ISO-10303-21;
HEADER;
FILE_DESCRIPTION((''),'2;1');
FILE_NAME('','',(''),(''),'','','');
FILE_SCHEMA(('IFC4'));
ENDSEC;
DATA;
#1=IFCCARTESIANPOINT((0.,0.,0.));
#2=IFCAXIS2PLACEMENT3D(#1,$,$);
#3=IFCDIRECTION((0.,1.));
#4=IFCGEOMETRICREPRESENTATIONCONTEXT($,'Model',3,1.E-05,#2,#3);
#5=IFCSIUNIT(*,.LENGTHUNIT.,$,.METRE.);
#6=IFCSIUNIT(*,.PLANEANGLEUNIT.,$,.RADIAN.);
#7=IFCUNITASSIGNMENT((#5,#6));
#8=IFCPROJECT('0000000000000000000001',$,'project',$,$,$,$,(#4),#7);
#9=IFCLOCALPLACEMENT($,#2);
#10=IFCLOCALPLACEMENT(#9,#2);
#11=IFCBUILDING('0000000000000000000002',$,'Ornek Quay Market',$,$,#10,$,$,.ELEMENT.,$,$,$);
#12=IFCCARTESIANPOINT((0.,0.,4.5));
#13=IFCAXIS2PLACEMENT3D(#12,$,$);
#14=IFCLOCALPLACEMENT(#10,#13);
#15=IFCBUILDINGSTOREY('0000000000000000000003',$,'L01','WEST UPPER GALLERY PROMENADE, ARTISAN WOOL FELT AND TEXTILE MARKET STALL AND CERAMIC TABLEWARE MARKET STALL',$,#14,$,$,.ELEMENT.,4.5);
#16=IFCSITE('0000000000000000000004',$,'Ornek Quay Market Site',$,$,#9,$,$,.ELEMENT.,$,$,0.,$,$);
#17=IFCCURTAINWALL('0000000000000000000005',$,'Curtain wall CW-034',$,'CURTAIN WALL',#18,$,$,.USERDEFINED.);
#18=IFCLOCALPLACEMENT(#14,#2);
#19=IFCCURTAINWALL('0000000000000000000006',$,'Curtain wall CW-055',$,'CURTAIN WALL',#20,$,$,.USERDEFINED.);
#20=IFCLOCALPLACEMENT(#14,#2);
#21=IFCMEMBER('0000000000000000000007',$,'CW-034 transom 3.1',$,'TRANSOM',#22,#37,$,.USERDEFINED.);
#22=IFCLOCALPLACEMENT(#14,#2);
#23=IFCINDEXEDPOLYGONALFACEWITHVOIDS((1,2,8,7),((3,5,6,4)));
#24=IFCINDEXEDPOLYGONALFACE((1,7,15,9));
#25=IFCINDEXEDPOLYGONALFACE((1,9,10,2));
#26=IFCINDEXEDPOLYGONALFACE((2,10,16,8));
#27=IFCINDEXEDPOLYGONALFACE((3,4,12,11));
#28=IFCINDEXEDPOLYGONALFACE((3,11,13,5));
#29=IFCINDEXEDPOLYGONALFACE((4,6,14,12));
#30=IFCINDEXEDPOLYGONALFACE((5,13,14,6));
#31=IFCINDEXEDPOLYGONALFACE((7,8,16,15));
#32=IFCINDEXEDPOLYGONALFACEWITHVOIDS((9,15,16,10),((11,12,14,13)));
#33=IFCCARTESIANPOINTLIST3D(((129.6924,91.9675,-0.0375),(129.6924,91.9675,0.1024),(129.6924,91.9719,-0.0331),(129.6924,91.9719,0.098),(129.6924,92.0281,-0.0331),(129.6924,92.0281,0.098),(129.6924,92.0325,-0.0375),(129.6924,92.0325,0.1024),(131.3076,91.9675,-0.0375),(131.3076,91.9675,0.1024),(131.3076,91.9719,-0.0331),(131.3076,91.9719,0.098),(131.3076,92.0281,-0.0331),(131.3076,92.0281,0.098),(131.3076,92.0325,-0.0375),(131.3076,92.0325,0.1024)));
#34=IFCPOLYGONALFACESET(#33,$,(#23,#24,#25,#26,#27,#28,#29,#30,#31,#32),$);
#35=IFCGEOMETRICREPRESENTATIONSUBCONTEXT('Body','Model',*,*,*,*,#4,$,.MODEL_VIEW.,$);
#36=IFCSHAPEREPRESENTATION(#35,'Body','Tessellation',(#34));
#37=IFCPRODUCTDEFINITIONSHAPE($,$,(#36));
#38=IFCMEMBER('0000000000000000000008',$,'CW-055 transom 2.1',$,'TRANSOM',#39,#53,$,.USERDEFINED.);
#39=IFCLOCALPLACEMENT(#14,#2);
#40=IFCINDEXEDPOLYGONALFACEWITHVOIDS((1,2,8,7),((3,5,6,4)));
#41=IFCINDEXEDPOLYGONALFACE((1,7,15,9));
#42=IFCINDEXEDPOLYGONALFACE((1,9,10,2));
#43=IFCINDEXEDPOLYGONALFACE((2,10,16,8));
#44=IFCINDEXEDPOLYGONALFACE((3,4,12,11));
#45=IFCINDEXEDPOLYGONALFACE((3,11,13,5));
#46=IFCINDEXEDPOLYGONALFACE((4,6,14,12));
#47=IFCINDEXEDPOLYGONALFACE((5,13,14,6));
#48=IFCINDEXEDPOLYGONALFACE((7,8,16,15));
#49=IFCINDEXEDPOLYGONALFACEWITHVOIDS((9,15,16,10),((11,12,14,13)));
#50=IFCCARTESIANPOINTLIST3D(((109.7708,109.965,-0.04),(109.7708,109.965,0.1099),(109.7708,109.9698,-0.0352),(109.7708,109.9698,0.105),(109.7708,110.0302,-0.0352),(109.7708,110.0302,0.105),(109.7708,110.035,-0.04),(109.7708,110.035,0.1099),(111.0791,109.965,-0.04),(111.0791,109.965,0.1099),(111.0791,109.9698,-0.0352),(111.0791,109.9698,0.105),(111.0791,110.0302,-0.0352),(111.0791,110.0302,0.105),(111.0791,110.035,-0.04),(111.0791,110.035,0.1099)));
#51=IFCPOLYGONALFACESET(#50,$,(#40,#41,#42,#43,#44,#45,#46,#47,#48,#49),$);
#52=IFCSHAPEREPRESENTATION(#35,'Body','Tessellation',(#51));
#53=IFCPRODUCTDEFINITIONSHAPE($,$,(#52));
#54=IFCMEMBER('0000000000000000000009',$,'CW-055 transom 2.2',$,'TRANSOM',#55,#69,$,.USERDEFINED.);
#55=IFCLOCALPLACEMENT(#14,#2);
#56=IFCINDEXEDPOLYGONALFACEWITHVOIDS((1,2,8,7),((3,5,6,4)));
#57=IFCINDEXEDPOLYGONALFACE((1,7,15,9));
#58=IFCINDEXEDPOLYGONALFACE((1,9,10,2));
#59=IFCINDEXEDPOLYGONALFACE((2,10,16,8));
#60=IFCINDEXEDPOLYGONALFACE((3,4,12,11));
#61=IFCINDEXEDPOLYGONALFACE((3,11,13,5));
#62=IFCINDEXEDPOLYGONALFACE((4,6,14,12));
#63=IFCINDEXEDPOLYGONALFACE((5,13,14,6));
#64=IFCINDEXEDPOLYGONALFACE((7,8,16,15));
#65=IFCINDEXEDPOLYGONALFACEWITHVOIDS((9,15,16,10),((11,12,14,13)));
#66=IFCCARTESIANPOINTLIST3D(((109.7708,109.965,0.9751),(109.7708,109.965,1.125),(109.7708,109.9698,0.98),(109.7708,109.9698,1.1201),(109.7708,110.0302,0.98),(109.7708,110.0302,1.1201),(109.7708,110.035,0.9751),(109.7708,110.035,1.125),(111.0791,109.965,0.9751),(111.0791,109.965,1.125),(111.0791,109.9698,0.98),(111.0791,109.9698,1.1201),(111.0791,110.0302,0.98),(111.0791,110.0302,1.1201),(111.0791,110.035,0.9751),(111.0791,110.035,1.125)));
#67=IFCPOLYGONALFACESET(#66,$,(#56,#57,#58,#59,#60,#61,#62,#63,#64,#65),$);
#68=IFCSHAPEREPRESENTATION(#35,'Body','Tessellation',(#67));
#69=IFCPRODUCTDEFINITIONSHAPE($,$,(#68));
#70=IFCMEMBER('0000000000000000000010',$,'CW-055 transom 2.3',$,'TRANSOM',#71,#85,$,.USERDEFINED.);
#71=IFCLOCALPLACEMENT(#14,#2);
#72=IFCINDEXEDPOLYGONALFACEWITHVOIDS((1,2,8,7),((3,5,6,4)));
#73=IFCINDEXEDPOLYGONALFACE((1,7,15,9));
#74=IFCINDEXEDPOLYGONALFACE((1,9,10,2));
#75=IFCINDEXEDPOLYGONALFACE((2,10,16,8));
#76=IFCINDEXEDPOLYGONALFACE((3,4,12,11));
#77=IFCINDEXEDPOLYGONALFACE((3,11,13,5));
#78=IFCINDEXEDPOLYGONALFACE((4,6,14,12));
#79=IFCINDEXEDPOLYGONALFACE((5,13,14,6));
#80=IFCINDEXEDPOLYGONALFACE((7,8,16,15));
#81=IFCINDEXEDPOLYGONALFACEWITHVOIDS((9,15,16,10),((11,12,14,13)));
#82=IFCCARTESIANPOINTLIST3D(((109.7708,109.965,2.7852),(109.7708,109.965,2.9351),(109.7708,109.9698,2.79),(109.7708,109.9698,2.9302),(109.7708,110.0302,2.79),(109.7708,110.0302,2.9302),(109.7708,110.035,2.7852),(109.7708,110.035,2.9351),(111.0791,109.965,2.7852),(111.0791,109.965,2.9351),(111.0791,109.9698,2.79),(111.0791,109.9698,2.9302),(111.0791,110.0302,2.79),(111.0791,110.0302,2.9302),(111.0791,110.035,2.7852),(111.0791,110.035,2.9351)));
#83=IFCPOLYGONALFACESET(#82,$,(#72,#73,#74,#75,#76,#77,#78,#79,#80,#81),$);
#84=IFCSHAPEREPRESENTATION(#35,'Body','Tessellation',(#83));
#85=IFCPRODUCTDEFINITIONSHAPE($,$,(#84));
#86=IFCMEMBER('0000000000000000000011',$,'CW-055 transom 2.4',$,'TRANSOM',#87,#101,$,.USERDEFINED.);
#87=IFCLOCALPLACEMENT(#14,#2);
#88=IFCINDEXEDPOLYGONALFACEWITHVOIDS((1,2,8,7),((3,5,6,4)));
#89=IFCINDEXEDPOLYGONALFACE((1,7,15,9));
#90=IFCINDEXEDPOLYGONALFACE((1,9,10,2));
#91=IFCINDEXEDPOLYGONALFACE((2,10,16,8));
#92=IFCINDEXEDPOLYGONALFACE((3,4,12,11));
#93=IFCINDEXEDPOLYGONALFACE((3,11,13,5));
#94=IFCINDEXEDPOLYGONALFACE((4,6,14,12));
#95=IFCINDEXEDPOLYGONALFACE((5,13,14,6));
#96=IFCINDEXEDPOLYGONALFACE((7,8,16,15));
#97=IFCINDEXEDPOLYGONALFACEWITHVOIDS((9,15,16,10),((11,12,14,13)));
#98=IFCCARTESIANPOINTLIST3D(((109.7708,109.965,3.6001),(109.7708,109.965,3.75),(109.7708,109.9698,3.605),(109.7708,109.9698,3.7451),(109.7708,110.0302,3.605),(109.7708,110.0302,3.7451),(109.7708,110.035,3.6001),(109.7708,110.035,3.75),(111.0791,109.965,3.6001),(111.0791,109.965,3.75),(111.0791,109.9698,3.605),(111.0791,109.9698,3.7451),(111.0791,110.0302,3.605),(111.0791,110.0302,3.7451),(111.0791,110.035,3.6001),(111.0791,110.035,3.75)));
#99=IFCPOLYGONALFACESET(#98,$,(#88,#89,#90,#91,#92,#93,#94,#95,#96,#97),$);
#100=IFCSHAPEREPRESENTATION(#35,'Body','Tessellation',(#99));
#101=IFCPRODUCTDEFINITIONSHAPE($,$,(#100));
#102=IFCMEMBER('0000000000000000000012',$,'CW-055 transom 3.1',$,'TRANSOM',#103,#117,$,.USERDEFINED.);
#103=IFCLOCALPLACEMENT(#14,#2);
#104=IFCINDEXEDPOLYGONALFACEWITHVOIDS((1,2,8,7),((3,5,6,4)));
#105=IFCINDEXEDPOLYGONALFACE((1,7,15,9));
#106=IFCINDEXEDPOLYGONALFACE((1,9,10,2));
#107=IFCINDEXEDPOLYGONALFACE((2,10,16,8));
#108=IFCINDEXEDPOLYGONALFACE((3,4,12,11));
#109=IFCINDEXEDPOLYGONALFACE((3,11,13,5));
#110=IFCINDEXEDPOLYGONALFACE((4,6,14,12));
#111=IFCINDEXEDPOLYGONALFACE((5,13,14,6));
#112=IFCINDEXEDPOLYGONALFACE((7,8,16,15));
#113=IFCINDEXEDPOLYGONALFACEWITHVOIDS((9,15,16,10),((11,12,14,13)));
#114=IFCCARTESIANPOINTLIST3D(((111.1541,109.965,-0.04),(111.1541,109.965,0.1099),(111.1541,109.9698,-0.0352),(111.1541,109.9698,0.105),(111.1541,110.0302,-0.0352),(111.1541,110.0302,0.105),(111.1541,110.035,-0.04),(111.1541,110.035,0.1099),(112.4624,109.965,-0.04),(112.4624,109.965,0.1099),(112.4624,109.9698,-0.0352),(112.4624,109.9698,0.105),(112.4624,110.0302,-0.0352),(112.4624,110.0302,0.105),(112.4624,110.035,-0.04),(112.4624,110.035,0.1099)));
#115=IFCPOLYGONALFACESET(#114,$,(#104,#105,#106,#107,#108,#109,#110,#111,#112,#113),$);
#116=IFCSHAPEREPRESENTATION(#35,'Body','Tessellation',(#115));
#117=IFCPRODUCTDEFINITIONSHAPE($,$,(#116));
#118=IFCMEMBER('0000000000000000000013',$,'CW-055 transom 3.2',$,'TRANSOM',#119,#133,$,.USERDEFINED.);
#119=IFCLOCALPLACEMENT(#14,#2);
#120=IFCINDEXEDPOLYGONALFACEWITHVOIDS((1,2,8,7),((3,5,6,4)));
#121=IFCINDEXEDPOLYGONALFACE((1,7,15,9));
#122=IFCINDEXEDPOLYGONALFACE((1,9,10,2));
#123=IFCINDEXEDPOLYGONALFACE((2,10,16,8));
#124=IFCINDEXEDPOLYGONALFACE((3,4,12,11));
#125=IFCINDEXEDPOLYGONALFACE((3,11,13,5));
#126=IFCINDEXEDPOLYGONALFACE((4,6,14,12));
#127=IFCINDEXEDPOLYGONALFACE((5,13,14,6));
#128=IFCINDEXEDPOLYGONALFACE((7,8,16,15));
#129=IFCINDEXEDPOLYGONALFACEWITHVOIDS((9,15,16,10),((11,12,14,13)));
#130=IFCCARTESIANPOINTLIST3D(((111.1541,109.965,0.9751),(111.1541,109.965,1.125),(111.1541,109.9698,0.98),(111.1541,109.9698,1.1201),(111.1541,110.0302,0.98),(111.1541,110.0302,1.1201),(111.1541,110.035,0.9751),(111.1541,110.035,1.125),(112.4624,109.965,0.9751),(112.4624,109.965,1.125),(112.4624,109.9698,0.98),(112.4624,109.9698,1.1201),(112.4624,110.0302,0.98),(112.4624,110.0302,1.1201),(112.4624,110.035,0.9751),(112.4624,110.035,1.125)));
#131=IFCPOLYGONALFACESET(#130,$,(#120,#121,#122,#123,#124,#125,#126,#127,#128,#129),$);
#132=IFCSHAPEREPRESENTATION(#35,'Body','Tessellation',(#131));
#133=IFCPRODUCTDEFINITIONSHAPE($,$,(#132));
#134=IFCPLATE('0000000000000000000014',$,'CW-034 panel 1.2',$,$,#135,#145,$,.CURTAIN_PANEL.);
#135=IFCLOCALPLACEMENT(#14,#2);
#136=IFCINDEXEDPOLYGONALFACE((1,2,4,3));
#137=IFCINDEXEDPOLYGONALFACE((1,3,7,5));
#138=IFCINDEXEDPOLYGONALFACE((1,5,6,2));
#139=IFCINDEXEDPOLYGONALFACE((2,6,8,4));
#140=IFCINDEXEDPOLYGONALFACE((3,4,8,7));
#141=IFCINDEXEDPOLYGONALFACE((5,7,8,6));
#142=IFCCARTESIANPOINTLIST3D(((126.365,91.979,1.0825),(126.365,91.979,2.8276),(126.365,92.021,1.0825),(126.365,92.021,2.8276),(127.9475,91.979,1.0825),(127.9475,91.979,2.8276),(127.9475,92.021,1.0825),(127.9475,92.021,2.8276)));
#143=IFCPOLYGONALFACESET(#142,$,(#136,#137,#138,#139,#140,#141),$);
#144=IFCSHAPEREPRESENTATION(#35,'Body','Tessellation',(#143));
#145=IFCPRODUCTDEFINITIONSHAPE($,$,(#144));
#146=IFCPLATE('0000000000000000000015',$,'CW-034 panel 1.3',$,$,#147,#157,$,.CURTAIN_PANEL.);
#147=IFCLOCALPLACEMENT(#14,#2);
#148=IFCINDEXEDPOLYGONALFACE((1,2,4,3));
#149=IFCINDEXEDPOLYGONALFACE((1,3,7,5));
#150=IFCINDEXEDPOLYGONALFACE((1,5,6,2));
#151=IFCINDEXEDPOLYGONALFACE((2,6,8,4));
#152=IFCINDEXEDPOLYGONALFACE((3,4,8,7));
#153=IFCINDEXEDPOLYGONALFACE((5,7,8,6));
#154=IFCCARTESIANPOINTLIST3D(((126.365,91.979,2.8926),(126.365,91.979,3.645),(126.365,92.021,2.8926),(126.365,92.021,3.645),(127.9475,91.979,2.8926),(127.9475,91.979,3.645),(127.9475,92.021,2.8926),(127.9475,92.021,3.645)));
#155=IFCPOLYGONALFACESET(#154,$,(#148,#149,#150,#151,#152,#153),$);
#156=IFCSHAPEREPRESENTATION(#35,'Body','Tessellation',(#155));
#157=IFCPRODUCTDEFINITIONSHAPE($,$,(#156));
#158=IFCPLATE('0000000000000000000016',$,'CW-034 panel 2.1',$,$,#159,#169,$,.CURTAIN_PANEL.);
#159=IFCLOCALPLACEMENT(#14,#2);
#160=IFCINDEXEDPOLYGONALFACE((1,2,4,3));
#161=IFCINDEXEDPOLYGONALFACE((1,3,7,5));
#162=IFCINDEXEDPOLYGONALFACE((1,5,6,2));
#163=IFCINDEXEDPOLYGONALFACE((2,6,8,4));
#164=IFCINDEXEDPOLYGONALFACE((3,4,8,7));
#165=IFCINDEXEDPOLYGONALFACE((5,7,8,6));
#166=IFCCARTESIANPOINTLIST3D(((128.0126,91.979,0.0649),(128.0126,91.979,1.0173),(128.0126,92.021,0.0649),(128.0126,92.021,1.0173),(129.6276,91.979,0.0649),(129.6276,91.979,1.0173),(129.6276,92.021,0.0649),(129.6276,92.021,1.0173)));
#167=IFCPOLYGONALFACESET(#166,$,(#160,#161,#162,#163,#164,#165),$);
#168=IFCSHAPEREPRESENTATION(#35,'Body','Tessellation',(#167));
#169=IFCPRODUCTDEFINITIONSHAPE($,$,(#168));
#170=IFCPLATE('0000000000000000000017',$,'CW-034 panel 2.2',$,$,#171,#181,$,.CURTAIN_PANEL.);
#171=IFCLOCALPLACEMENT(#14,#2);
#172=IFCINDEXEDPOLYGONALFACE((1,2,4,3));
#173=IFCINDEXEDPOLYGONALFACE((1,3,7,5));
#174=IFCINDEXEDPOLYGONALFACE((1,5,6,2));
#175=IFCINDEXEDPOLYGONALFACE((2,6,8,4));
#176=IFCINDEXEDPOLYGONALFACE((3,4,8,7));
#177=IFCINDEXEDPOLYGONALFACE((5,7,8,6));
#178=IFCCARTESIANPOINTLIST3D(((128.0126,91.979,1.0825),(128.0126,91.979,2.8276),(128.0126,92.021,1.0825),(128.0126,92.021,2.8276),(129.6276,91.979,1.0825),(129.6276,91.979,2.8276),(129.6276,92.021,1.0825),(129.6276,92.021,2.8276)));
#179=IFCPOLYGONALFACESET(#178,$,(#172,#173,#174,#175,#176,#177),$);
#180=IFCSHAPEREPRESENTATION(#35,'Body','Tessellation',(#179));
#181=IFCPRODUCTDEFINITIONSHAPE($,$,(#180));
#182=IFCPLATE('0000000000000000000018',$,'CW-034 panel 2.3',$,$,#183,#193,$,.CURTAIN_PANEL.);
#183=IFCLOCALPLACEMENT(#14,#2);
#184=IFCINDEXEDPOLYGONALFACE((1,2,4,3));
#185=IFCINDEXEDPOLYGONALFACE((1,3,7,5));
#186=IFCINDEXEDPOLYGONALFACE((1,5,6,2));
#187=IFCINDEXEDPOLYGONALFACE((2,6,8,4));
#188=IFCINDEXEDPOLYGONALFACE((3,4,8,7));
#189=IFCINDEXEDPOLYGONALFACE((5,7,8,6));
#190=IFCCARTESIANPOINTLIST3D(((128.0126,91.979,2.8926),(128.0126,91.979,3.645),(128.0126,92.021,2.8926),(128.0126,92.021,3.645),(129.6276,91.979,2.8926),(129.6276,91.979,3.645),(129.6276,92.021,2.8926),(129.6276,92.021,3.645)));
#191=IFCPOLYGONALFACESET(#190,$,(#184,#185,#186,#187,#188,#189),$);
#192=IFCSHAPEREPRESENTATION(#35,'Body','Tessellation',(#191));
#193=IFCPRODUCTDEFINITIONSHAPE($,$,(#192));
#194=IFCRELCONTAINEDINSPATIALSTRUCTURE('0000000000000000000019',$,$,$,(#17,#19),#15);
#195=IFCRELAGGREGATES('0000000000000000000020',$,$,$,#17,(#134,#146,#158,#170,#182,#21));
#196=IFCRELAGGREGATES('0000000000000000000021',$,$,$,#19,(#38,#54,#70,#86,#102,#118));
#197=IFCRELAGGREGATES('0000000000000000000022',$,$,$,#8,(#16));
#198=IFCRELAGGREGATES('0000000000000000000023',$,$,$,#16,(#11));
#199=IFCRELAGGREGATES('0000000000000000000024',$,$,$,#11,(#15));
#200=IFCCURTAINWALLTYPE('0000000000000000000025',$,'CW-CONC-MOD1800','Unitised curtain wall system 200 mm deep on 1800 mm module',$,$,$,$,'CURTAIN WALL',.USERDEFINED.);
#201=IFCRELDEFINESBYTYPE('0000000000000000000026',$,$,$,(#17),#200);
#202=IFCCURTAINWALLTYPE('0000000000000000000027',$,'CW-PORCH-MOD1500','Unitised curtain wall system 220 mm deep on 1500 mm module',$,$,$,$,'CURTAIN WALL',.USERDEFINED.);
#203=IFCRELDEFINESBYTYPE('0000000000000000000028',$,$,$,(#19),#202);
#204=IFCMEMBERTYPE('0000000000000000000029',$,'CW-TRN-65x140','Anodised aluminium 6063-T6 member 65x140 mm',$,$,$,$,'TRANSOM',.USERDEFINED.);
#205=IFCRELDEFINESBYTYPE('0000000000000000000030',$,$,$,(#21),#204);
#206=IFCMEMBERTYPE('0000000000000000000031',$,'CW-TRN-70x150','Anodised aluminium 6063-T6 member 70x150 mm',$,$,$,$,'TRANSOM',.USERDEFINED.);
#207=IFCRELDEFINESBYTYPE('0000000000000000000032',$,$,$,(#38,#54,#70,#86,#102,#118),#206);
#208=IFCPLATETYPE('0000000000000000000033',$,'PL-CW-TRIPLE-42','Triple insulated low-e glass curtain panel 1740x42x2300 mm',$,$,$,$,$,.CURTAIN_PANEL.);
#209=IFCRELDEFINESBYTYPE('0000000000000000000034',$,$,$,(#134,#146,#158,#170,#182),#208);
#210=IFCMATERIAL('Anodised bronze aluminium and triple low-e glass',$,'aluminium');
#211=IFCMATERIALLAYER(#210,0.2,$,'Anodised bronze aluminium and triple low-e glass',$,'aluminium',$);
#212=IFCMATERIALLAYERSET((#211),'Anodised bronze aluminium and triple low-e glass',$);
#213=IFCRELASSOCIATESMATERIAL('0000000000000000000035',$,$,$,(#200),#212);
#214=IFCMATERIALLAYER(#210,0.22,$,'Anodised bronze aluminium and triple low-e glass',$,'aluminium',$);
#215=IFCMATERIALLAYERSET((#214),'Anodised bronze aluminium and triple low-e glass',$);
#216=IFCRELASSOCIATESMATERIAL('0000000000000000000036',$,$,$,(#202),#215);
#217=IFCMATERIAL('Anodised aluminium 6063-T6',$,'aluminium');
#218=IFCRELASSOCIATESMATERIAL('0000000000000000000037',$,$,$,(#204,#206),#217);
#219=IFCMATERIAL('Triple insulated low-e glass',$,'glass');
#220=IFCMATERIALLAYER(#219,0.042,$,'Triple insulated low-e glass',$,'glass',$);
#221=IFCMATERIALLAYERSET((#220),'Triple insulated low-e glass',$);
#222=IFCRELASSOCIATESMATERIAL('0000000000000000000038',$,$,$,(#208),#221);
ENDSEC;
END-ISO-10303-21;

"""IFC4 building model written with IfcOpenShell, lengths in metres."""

from ifc_helpers import new_model, si_unit, direction, frame, origin, origin_2d, place, context, subcontext, project, spatial, rectangle, hollow_rectangle, extrude, material, layer, layer_set, material_profile, profile_set, type_object, element, aggregate, save


model = new_model("IFC4")

# Units and contexts
model_context = context("Model", 3, precision=1e-05, world=origin(), true_north=direction((0.0, 1.0)))
body_context = subcontext(model_context, "Body", "Model", "MODEL_VIEW")
ifc_project = project(units=[si_unit("LENGTHUNIT", "METRE"), si_unit("PLANEANGLEUNIT", "RADIAN")], contexts=[model_context])

# Site, building, storey
site_placement = place(None, origin())
site = spatial("IfcSite", under=ifc_project, at=site_placement, Name="Ornek Quay Market Site", CompositionType="ELEMENT", RefElevation=0.0)
building_placement = place(site_placement, origin())
building = spatial("IfcBuilding", under=site, at=building_placement, Name="Ornek Quay Market", CompositionType="ELEMENT")
storey_placement = place(building_placement, frame((0.0, 0.0, 4.5)))
storey = spatial("IfcBuildingStorey", under=building, at=storey_placement, Name="L01", Description="WEST UPPER GALLERY PROMENADE, ARTISAN WOOL FELT AND TEXTILE MARKET STALL AND CERAMIC TABLEWARE MARKET STALL", CompositionType="ELEMENT", Elevation=4.5)

# Curtain walls
ifc_material_1 = material(Name="Anodised bronze aluminium and triple low-e glass", Category="aluminium")
ifc_layer_1 = layer(ifc_material_1, 0.2, Name="Anodised bronze aluminium and triple low-e glass", Category="aluminium")
ifc_layer_set_1 = layer_set([ifc_layer_1], Name="Anodised bronze aluminium and triple low-e glass")
curtain_wall_type_1 = type_object("IfcCurtainWallType", Name="CW-CONC-MOD1800", Description="Unitised curtain wall system 200 mm deep on 1800 mm module", ElementType="CURTAIN WALL", PredefinedType="USERDEFINED", material=ifc_layer_set_1)
curtain_wall_1_placement = place(storey_placement, origin())
curtain_wall_1 = element("IfcCurtainWall", 1, at=curtain_wall_1_placement, inside=storey, type_object=curtain_wall_type_1, Name="Curtain wall CW-034", ObjectType="CURTAIN WALL", PredefinedType="USERDEFINED")
ifc_material_2 = material(Name="Anodised aluminium 6063-T6", Category="aluminium")
ifc_layer_2 = layer(ifc_material_1, 0.22, Name="Anodised bronze aluminium and triple low-e glass", Category="aluminium")
ifc_layer_set_2 = layer_set([ifc_layer_2], Name="Anodised bronze aluminium and triple low-e glass")
curtain_wall_type_2 = type_object("IfcCurtainWallType", Name="CW-PORCH-MOD1500", Description="Unitised curtain wall system 220 mm deep on 1500 mm module", ElementType="CURTAIN WALL", PredefinedType="USERDEFINED", material=ifc_layer_set_2)
curtain_wall_2_placement = place(storey_placement, origin())
curtain_wall_2 = element("IfcCurtainWall", 2, at=curtain_wall_2_placement, inside=storey, type_object=curtain_wall_type_2, Name="Curtain wall CW-055", ObjectType="CURTAIN WALL", PredefinedType="USERDEFINED")

# Members
ifc_material_profile_1 = material_profile(ifc_material_2, hollow_rectangle(XDim=0.0649, YDim=0.1399, WallThickness=0.0044, at=origin_2d()), Name="CW-TRN-65x140", Category="aluminium")
ifc_profile_set_1 = profile_set([ifc_material_profile_1], Name="Anodised aluminium 6063-T6")
member_type_1 = type_object("IfcMemberType", Name="CW-TRN-65x140", Description="Anodised aluminium 6063-T6 member 65x140 mm", ElementType="TRANSOM", PredefinedType="USERDEFINED", material=ifc_profile_set_1)
member_1_placement = place(storey_placement, frame((129.6924, 92.0, 0.0325), z_axis=(1.0, 0.0, 0.0), x_axis=(0.0, 1.0, 0.0)))
member_1 = element("IfcMember", 3, at=member_1_placement, type_object=member_type_1, Name="CW-034 transom 3.1", ObjectType="TRANSOM", PredefinedType="USERDEFINED", context=body_context, shape_type="SweptSolid", body=[
    extrude(hollow_rectangle(XDim=0.0649, YDim=0.1399, WallThickness=0.0044, at=origin_2d()), origin(), (0.0, 0.0, 1.0), 1.6152),
])
ifc_material_profile_2 = material_profile(ifc_material_2, hollow_rectangle(XDim=0.0701, YDim=0.1499, WallThickness=0.0049, at=origin_2d()), Name="CW-TRN-70x150", Category="aluminium")
ifc_profile_set_2 = profile_set([ifc_material_profile_2], Name="Anodised aluminium 6063-T6")
member_type_2 = type_object("IfcMemberType", Name="CW-TRN-70x150", Description="Anodised aluminium 6063-T6 member 70x150 mm", ElementType="TRANSOM", PredefinedType="USERDEFINED", material=ifc_profile_set_2)
member_2_placement = place(storey_placement, frame((109.7708, 110.0, 0.0349), z_axis=(1.0, 0.0, 0.0), x_axis=(0.0, 1.0, 0.0)))
member_2 = element("IfcMember", 4, at=member_2_placement, type_object=member_type_2, Name="CW-055 transom 2.1", ObjectType="TRANSOM", PredefinedType="USERDEFINED", context=body_context, shape_type="SweptSolid", body=[
    extrude(hollow_rectangle(XDim=0.0701, YDim=0.1499, WallThickness=0.0049, at=origin_2d()), origin(), (0.0, 0.0, 1.0), 1.3083),
])
member_3_placement = place(storey_placement, frame((109.7708, 110.0, 1.05), z_axis=(1.0, 0.0, 0.0), x_axis=(0.0, 1.0, 0.0)))
member_3 = element("IfcMember", 5, at=member_3_placement, type_object=member_type_2, Name="CW-055 transom 2.2", ObjectType="TRANSOM", PredefinedType="USERDEFINED", context=body_context, shape_type="SweptSolid", body=[
    extrude(hollow_rectangle(XDim=0.0701, YDim=0.1499, WallThickness=0.0049, at=origin_2d()), origin(), (0.0, 0.0, 1.0), 1.3083),
])
member_4_placement = place(storey_placement, frame((109.7708, 110.0, 2.8601), z_axis=(1.0, 0.0, 0.0), x_axis=(0.0, 1.0, 0.0)))
member_4 = element("IfcMember", 6, at=member_4_placement, type_object=member_type_2, Name="CW-055 transom 2.3", ObjectType="TRANSOM", PredefinedType="USERDEFINED", context=body_context, shape_type="SweptSolid", body=[
    extrude(hollow_rectangle(XDim=0.0701, YDim=0.1499, WallThickness=0.0049, at=origin_2d()), origin(), (0.0, 0.0, 1.0), 1.3083),
])
member_5_placement = place(storey_placement, frame((109.7708, 110.0, 3.675), z_axis=(1.0, 0.0, 0.0), x_axis=(0.0, 1.0, 0.0)))
member_5 = element("IfcMember", 7, at=member_5_placement, type_object=member_type_2, Name="CW-055 transom 2.4", ObjectType="TRANSOM", PredefinedType="USERDEFINED", context=body_context, shape_type="SweptSolid", body=[
    extrude(hollow_rectangle(XDim=0.0701, YDim=0.1499, WallThickness=0.0049, at=origin_2d()), origin(), (0.0, 0.0, 1.0), 1.3083),
])
member_6_placement = place(storey_placement, frame((111.1541, 110.0, 0.0349), z_axis=(1.0, 0.0, 0.0), x_axis=(0.0, 1.0, 0.0)))
member_6 = element("IfcMember", 8, at=member_6_placement, type_object=member_type_2, Name="CW-055 transom 3.1", ObjectType="TRANSOM", PredefinedType="USERDEFINED", context=body_context, shape_type="SweptSolid", body=[
    extrude(hollow_rectangle(XDim=0.0701, YDim=0.1499, WallThickness=0.0049, at=origin_2d()), origin(), (0.0, 0.0, 1.0), 1.3083),
])
member_7_placement = place(storey_placement, frame((111.1541, 110.0, 1.05), z_axis=(1.0, 0.0, 0.0), x_axis=(0.0, 1.0, 0.0)))
member_7 = element("IfcMember", 9, at=member_7_placement, type_object=member_type_2, Name="CW-055 transom 3.2", ObjectType="TRANSOM", PredefinedType="USERDEFINED", context=body_context, shape_type="SweptSolid", body=[
    extrude(hollow_rectangle(XDim=0.0701, YDim=0.1499, WallThickness=0.0049, at=origin_2d()), origin(), (0.0, 0.0, 1.0), 1.3083),
])

# Plates
ifc_material_3 = material(Name="Triple insulated low-e glass", Category="glass")
ifc_layer_3 = layer(ifc_material_3, 0.042, Name="Triple insulated low-e glass", Category="glass")
ifc_layer_set_3 = layer_set([ifc_layer_3], Name="Triple insulated low-e glass")
plate_type = type_object("IfcPlateType", Name="PL-CW-TRIPLE-42", Description="Triple insulated low-e glass curtain panel 1740x42x2300 mm", PredefinedType="CURTAIN_PANEL", material=ifc_layer_set_3)
plate_1_placement = place(storey_placement, frame((127.1562, 92.0, 1.0825), z_axis=(0.0, 0.0, 1.0), x_axis=(1.0, 0.0, 0.0)))
plate_1 = element("IfcPlate", 10, at=plate_1_placement, type_object=plate_type, Name="CW-034 panel 1.2", PredefinedType="CURTAIN_PANEL", context=body_context, shape_type="SweptSolid", body=[
    extrude(rectangle(XDim=1.5825, YDim=0.042, at=origin_2d()), origin(), (0.0, 0.0, 1.0), 1.7451),
])
plate_2_placement = place(storey_placement, frame((127.1562, 92.0, 2.8926), z_axis=(0.0, 0.0, 1.0), x_axis=(1.0, 0.0, 0.0)))
plate_2 = element("IfcPlate", 11, at=plate_2_placement, type_object=plate_type, Name="CW-034 panel 1.3", PredefinedType="CURTAIN_PANEL", context=body_context, shape_type="SweptSolid", body=[
    extrude(rectangle(XDim=1.5825, YDim=0.042, at=origin_2d()), origin(), (0.0, 0.0, 1.0), 0.7524),
])
plate_3_placement = place(storey_placement, frame((128.8201, 92.0, 0.0649), z_axis=(0.0, 0.0, 1.0), x_axis=(1.0, 0.0, 0.0)))
plate_3 = element("IfcPlate", 12, at=plate_3_placement, type_object=plate_type, Name="CW-034 panel 2.1", PredefinedType="CURTAIN_PANEL", context=body_context, shape_type="SweptSolid", body=[
    extrude(rectangle(XDim=1.615, YDim=0.042, at=origin_2d()), origin(), (0.0, 0.0, 1.0), 0.9524),
])
plate_4_placement = place(storey_placement, frame((128.8201, 92.0, 1.0825), z_axis=(0.0, 0.0, 1.0), x_axis=(1.0, 0.0, 0.0)))
plate_4 = element("IfcPlate", 13, at=plate_4_placement, type_object=plate_type, Name="CW-034 panel 2.2", PredefinedType="CURTAIN_PANEL", context=body_context, shape_type="SweptSolid", body=[
    extrude(rectangle(XDim=1.615, YDim=0.042, at=origin_2d()), origin(), (0.0, 0.0, 1.0), 1.7451),
])
plate_5_placement = place(storey_placement, frame((128.8201, 92.0, 2.8926), z_axis=(0.0, 0.0, 1.0), x_axis=(1.0, 0.0, 0.0)))
plate_5 = element("IfcPlate", 14, at=plate_5_placement, type_object=plate_type, Name="CW-034 panel 2.3", PredefinedType="CURTAIN_PANEL", context=body_context, shape_type="SweptSolid", body=[
    extrude(rectangle(XDim=1.615, YDim=0.042, at=origin_2d()), origin(), (0.0, 0.0, 1.0), 0.7524),
])
aggregate(curtain_wall_1, [plate_1, plate_2, plate_3, plate_4, plate_5, member_1])
aggregate(curtain_wall_2, [member_2, member_3, member_4, member_5, member_6, member_7])

save(model, "model.ifc")
